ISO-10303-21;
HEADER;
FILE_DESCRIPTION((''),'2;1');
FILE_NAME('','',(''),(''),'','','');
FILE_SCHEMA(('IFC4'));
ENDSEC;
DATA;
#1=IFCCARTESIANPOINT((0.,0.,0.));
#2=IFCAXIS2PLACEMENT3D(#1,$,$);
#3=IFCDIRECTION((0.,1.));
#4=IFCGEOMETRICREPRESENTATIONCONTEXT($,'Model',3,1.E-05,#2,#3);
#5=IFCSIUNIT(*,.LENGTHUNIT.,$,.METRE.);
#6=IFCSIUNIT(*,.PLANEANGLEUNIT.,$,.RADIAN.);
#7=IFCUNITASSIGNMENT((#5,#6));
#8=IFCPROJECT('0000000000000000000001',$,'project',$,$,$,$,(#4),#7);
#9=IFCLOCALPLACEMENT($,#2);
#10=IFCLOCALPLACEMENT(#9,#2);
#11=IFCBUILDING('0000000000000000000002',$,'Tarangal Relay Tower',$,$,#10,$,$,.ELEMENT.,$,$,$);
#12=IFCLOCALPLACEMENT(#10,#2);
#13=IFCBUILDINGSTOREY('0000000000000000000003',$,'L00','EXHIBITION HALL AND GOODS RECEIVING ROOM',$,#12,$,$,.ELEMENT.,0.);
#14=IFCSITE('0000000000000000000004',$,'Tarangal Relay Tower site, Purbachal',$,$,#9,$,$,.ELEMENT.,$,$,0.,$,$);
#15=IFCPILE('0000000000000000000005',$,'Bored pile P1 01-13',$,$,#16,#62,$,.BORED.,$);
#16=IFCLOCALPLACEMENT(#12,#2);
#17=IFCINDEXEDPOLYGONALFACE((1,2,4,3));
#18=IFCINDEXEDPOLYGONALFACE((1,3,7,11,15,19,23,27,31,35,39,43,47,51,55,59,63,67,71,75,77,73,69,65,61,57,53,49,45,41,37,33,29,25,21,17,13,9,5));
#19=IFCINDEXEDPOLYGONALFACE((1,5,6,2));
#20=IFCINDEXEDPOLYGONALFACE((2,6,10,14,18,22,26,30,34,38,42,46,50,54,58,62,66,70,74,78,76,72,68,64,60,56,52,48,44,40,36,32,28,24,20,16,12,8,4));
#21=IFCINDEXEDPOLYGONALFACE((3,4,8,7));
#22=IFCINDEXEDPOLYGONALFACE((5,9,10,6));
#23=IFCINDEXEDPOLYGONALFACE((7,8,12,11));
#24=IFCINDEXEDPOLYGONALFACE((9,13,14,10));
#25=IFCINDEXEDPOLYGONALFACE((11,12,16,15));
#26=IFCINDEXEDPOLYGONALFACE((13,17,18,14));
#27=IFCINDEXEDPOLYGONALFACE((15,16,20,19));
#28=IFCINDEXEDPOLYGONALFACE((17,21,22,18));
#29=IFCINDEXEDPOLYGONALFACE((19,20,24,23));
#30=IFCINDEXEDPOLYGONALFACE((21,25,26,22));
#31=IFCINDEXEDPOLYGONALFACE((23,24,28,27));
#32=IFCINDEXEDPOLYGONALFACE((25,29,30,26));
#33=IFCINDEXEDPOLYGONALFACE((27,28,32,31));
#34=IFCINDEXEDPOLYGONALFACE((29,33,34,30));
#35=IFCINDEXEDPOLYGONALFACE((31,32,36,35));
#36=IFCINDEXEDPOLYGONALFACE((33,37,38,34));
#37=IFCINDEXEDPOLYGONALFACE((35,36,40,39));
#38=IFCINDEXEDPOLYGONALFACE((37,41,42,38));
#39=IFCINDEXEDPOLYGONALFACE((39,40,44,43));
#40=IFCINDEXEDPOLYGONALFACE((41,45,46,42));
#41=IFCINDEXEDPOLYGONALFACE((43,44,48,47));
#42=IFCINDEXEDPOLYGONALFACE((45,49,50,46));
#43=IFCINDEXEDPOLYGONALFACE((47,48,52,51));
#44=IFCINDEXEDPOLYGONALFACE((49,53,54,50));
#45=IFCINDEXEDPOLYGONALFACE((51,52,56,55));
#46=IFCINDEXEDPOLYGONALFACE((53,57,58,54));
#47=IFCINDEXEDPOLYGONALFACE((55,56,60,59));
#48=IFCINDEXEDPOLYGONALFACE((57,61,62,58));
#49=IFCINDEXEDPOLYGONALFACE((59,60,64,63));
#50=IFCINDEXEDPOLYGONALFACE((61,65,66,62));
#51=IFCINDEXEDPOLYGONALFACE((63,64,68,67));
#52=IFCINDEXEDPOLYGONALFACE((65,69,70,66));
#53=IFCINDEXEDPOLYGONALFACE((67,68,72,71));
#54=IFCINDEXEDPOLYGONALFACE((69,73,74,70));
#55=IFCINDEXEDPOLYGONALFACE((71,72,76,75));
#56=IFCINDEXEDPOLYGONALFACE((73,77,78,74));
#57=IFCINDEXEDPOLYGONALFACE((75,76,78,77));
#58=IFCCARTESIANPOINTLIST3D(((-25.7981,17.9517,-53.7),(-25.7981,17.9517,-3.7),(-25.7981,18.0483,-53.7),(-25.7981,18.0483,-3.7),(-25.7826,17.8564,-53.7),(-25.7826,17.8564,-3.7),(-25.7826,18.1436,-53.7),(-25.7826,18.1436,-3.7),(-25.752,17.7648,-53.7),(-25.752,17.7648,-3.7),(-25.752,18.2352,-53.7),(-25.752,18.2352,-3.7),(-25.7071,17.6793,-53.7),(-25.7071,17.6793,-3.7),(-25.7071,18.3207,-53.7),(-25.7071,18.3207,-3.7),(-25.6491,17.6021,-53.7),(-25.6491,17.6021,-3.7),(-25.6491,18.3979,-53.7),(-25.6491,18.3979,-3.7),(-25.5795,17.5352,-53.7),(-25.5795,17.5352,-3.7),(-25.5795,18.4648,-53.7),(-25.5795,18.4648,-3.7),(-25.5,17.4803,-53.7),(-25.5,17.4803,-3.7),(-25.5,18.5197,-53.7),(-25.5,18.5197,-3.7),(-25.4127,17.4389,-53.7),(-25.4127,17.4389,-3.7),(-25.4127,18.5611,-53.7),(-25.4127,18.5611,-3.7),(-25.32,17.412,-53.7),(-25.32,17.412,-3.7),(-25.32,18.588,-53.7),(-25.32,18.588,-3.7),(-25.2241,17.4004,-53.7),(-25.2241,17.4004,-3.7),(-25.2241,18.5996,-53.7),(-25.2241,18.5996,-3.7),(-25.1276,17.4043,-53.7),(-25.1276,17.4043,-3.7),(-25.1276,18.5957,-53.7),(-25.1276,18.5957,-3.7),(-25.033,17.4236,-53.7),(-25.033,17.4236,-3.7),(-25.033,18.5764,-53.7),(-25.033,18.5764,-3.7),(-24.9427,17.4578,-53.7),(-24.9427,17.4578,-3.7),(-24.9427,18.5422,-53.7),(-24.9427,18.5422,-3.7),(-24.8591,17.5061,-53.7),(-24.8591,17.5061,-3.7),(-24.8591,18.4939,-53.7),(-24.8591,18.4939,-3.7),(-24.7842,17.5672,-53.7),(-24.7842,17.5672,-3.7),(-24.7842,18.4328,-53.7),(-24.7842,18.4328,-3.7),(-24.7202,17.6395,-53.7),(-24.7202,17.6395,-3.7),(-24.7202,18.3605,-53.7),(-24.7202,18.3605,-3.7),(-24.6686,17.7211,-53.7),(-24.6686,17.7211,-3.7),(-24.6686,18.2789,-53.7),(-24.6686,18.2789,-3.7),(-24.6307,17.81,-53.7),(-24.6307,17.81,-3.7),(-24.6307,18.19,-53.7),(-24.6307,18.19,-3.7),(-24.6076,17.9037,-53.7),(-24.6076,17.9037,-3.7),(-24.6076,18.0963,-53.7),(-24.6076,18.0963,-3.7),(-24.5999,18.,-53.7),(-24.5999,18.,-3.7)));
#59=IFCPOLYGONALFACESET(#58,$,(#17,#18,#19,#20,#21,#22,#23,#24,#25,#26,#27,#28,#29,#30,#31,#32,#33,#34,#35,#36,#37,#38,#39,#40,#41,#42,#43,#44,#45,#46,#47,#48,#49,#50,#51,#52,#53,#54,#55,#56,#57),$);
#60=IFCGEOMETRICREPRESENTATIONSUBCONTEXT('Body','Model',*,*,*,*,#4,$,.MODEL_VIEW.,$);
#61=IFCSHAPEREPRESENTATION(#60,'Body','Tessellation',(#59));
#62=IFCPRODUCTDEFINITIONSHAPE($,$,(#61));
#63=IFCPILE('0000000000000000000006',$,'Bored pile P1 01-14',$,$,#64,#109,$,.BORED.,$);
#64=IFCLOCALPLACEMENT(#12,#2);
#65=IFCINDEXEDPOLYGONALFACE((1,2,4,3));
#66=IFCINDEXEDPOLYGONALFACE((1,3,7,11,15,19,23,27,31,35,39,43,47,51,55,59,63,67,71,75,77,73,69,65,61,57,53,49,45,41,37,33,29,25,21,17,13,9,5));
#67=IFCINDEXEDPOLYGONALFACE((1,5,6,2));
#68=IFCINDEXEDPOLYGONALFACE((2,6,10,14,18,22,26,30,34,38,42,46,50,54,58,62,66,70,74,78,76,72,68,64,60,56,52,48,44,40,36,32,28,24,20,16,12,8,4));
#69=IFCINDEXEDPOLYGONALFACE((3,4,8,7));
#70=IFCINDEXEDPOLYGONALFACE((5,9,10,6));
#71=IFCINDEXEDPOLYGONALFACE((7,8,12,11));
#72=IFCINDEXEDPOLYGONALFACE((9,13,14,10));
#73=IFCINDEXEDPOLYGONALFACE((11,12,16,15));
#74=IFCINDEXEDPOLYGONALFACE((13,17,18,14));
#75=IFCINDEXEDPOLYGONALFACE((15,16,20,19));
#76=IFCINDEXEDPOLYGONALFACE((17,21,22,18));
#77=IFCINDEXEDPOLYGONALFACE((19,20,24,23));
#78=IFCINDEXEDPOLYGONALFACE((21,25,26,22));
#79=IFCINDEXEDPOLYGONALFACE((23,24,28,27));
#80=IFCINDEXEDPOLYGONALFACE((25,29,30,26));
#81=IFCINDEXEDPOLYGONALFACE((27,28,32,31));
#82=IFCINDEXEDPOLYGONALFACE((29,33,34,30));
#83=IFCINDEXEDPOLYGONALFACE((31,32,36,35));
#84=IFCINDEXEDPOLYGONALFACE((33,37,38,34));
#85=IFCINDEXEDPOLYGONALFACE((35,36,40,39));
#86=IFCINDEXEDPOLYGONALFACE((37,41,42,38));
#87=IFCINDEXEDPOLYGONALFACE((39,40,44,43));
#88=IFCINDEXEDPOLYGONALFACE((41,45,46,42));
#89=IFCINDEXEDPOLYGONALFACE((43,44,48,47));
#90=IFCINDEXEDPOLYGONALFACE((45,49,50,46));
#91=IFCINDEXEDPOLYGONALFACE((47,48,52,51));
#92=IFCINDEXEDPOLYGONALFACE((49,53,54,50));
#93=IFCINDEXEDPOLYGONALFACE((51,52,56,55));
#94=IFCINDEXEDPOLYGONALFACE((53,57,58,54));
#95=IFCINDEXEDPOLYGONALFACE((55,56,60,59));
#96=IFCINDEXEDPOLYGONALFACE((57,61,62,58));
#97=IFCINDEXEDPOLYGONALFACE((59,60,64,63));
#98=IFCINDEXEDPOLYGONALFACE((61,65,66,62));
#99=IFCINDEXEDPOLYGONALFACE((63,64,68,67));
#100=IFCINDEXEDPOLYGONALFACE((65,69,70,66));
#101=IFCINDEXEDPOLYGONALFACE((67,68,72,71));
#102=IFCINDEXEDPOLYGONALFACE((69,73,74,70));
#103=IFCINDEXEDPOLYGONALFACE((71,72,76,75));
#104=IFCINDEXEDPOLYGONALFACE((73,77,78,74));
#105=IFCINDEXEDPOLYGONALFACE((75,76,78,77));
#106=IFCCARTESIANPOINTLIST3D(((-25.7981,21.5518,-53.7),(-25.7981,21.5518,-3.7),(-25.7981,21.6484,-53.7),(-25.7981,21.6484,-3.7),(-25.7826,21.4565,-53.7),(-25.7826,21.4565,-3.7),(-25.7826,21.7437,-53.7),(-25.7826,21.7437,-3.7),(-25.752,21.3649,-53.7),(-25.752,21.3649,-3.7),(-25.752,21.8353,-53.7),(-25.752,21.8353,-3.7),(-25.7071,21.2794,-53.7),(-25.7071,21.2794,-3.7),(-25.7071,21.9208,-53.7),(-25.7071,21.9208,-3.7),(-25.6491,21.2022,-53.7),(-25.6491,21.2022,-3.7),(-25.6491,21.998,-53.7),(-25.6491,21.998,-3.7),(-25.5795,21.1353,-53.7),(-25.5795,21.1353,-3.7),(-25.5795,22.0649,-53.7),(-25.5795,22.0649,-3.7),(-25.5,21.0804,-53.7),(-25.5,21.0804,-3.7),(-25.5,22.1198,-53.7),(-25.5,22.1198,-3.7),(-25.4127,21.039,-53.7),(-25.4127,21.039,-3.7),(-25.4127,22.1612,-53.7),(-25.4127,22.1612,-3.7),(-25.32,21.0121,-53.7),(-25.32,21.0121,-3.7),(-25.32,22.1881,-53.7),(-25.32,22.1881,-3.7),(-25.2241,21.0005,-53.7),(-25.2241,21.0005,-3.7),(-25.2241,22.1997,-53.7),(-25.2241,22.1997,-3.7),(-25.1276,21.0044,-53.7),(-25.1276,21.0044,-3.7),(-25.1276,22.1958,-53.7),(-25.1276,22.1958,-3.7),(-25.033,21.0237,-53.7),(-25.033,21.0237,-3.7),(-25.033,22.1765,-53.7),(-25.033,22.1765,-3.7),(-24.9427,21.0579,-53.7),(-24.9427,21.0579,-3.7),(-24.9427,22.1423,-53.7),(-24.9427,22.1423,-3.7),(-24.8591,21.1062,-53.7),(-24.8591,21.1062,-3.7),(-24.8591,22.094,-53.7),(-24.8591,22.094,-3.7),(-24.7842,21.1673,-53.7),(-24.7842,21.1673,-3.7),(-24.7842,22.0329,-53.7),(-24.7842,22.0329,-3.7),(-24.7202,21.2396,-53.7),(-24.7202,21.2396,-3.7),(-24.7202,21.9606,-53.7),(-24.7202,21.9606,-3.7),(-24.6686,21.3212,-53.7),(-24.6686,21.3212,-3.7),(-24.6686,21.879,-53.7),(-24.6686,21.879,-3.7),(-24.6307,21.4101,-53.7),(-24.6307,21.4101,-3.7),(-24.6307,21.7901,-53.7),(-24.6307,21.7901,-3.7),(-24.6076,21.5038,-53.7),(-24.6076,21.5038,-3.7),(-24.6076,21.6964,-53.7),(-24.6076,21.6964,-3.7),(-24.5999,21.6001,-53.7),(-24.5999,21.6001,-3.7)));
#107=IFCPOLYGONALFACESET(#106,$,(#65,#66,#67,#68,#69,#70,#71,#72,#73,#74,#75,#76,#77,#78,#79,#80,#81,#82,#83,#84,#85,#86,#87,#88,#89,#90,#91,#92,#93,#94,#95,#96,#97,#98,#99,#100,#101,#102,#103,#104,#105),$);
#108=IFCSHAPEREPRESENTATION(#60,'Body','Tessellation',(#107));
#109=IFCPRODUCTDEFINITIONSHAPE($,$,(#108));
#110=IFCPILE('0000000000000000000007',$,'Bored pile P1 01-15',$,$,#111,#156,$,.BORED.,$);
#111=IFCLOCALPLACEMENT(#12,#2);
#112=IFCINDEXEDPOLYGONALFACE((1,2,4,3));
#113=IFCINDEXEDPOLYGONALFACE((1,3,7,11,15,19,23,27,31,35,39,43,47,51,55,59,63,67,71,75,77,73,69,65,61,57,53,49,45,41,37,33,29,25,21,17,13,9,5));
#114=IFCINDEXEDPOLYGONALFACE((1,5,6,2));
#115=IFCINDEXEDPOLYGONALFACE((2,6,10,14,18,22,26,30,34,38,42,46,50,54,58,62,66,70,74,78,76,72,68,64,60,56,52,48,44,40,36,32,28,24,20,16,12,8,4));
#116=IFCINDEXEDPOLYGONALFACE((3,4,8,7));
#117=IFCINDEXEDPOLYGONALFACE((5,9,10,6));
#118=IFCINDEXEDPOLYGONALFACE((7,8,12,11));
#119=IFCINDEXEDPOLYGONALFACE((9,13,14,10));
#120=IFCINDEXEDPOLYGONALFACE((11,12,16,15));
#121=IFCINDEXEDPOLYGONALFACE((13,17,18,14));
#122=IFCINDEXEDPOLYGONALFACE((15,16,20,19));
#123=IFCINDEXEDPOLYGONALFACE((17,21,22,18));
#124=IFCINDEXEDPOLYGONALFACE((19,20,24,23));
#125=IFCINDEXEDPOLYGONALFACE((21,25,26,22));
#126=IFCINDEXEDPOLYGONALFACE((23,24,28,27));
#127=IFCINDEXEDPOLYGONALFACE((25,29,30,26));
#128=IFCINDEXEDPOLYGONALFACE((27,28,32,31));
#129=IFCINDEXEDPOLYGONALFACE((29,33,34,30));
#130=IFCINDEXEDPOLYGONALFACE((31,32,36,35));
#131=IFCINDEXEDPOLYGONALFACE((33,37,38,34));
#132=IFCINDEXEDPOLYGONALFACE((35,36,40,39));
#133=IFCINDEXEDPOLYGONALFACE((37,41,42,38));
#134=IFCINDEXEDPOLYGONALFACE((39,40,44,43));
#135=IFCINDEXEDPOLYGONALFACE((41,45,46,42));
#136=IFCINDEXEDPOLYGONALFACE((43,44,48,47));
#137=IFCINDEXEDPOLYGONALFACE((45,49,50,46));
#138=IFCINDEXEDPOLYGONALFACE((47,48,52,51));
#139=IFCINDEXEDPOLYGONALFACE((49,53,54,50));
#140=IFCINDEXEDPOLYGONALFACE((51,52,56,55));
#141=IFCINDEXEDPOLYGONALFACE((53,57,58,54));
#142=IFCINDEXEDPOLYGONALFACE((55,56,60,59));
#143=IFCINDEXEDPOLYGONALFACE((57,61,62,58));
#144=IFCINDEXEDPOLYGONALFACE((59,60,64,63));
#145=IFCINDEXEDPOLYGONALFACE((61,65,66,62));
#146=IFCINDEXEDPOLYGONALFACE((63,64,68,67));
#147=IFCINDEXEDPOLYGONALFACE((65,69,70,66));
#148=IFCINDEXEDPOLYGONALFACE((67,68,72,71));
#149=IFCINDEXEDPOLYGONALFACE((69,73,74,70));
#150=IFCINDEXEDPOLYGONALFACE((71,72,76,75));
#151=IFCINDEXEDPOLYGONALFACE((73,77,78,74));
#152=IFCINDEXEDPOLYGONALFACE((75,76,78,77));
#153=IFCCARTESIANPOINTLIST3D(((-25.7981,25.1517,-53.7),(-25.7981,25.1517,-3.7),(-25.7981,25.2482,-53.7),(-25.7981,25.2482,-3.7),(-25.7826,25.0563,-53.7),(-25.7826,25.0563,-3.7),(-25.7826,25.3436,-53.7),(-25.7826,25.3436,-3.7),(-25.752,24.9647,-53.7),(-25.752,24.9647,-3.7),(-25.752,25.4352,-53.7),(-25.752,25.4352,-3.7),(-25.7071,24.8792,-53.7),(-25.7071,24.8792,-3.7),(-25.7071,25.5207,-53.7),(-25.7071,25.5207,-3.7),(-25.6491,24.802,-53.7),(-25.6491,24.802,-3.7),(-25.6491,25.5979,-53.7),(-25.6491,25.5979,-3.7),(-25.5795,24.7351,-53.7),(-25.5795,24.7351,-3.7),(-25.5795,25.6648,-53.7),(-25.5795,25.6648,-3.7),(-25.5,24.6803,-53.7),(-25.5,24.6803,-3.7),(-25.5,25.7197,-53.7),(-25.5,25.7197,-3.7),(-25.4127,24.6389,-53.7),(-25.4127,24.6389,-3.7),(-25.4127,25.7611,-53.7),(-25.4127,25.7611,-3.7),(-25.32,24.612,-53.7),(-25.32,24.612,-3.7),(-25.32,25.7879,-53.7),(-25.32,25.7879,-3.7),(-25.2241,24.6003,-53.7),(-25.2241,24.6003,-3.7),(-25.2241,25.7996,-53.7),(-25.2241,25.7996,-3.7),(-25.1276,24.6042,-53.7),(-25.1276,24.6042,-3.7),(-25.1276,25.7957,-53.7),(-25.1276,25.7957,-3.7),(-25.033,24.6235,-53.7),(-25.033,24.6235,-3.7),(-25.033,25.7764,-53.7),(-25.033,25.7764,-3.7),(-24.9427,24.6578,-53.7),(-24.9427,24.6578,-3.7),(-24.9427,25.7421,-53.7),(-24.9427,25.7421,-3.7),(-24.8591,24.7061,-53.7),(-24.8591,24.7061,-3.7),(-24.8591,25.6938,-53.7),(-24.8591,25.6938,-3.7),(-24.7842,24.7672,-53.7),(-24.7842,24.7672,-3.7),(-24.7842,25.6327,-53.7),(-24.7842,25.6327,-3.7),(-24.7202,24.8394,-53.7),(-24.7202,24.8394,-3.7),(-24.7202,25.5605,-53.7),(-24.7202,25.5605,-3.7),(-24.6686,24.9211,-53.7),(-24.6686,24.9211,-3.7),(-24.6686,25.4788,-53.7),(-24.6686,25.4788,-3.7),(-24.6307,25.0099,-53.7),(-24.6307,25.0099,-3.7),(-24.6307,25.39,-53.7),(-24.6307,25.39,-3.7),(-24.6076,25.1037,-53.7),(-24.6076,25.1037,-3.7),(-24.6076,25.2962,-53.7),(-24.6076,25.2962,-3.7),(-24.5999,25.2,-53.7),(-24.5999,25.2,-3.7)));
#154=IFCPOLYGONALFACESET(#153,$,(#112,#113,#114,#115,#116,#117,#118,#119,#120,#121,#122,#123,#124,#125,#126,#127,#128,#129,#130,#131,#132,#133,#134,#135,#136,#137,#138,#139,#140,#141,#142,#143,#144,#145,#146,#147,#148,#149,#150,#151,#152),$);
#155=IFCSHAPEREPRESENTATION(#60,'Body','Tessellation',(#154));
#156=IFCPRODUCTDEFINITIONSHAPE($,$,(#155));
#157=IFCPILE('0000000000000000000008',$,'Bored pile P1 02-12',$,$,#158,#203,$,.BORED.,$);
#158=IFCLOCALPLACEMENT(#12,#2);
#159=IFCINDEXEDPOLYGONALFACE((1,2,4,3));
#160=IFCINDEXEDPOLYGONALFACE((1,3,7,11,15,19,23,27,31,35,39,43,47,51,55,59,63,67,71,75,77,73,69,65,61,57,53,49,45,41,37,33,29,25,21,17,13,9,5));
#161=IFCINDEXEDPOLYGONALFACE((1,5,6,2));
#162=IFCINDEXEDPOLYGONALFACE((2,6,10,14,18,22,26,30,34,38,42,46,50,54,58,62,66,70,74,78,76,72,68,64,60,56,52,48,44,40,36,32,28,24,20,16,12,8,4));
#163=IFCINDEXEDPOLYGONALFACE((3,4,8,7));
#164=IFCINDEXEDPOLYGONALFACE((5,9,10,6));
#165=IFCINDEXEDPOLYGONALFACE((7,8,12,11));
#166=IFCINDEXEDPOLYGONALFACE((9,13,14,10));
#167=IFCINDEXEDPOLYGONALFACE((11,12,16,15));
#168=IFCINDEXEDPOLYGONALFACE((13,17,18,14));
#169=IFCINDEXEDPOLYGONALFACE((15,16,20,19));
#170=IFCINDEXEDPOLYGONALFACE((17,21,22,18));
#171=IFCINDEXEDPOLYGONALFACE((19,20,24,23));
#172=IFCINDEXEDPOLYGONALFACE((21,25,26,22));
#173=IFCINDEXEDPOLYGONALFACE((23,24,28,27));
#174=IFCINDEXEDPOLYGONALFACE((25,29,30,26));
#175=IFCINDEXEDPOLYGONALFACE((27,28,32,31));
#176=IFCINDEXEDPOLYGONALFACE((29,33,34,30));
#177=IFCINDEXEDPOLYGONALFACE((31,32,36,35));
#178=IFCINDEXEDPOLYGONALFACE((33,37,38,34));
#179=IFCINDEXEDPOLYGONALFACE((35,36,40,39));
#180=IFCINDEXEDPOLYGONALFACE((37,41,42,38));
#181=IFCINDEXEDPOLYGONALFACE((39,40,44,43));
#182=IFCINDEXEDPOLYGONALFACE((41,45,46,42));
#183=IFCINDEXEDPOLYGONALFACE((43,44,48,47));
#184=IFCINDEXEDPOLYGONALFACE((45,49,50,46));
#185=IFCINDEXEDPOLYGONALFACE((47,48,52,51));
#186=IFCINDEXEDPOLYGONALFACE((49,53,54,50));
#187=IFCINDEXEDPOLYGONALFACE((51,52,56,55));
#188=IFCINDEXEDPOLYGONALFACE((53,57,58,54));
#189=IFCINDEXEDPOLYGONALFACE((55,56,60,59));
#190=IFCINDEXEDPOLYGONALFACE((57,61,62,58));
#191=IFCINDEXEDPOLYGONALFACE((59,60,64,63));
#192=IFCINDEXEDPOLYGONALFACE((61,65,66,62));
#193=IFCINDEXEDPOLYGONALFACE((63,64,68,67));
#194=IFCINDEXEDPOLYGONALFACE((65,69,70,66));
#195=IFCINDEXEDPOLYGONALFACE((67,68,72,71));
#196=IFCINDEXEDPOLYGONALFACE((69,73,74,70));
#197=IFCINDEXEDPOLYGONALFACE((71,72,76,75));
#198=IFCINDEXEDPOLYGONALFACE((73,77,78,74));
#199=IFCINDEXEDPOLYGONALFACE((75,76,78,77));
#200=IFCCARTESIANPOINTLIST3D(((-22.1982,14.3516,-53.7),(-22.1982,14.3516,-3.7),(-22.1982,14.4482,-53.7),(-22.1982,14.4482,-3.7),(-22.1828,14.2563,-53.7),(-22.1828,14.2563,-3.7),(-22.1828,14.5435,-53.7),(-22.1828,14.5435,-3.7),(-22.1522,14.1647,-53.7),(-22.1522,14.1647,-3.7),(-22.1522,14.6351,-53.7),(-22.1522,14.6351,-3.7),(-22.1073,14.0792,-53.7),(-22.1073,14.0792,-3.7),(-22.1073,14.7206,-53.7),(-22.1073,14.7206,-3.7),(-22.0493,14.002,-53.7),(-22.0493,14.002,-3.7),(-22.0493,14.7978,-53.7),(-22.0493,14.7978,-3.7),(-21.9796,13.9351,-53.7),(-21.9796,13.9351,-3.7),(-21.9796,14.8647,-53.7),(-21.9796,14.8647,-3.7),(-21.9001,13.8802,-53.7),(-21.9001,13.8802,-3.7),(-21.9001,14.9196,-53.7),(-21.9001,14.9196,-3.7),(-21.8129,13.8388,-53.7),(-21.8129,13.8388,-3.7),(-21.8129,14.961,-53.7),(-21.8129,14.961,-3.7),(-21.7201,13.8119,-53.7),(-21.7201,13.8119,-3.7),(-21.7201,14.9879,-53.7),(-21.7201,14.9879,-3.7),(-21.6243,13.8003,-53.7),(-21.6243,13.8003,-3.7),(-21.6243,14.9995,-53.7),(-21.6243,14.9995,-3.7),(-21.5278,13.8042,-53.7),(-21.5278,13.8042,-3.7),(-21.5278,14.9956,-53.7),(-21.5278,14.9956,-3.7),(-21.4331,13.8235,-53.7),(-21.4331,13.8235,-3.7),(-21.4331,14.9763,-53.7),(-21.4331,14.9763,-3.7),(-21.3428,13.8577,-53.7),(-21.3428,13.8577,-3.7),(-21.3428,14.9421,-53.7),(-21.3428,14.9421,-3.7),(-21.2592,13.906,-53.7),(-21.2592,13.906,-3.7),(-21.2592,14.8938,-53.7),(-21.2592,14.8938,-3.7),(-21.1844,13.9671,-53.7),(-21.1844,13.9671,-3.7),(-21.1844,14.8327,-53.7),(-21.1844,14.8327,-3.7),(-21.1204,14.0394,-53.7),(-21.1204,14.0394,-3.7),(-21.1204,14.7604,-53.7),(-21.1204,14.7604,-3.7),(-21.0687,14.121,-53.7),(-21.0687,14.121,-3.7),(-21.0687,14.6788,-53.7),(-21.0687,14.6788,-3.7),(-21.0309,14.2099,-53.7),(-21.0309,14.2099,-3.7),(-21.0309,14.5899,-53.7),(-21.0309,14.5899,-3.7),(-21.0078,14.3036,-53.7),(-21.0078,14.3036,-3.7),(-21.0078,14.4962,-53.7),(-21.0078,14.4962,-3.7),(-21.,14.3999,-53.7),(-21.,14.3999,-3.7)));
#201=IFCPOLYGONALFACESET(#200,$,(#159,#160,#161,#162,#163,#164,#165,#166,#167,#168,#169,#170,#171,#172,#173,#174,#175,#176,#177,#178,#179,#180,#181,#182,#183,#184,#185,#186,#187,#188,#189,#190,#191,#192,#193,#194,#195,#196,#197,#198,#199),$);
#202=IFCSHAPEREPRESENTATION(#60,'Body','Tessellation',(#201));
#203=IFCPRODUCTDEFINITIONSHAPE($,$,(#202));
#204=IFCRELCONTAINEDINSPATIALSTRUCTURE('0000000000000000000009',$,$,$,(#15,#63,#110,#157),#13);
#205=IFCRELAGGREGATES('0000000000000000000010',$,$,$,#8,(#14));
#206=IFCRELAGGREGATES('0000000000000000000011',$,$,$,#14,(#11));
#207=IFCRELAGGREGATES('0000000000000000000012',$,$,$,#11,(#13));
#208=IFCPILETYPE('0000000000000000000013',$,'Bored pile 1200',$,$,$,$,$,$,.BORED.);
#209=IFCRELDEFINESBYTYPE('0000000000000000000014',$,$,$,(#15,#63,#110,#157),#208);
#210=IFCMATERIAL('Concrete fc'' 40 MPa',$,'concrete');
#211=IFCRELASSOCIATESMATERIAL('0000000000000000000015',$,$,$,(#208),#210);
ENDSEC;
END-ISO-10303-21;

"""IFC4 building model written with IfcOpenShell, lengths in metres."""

from ifc_helpers import new_model, si_unit, direction, frame, origin, origin_2d, place, context, subcontext, project, spatial, circle, extrude, material, material_profile, profile_set, type_object, element, save


model = new_model("IFC4")

# Units and contexts
model_context = context("Model", 3, precision=1e-05, world=origin(), true_north=direction((0.0, 1.0)))
body_context = subcontext(model_context, "Body", "Model", "MODEL_VIEW")
ifc_project = project(units=[si_unit("LENGTHUNIT", "METRE"), si_unit("PLANEANGLEUNIT", "RADIAN")], contexts=[model_context])

# Site, building, storey
site_placement = place(None, origin())
site = spatial("IfcSite", under=ifc_project, at=site_placement, Name="Tarangal Relay Tower site, Purbachal", CompositionType="ELEMENT", RefElevation=0.0)
building_placement = place(site_placement, origin())
building = spatial("IfcBuilding", under=site, at=building_placement, Name="Tarangal Relay Tower", CompositionType="ELEMENT")
storey_placement = place(building_placement, origin())
storey = spatial("IfcBuildingStorey", under=building, at=storey_placement, Name="L00", Description="EXHIBITION HALL AND GOODS RECEIVING ROOM", CompositionType="ELEMENT", Elevation=0.0)

# Piles
ifc_material_1 = material(Name="Concrete fc' 40 MPa", Category="concrete")
ifc_material_profile = material_profile(ifc_material_1, circle(Radius=0.6001, at=origin_2d()), Name="D1200")
ifc_profile_set = profile_set([ifc_material_profile], Name="Concrete fc' 40 MPa")
pile_type = type_object("IfcPileType", Name="Bored pile 1200", PredefinedType="BORED", material=ifc_profile_set)
for number, where, z_axis, x_axis, name in (
    (1, (-25.2, 18.0, -3.7), (0.0, 0.0, -1.0), (1.0, 0.0, 0.0), "Bored pile P1 01-13"),
    (2, (-25.2, 21.6001, -3.7), (0.0, 0.0, -1.0), (1.0, 0.0, 0.0), "Bored pile P1 01-14"),
    (3, (-25.2, 25.2, -3.7), (0.0, 0.0, -1.0), (1.0, 0.0, 0.0), "Bored pile P1 01-15"),
    (4, (-21.6001, 14.3999, -3.7), (0.0, 0.0, -1.0), (1.0, 0.0, 0.0), "Bored pile P1 02-12"),
):
    element("IfcPile", number, at=place(storey_placement, frame(where, z_axis=z_axis, x_axis=x_axis)), inside=storey, type_object=pile_type, Name=name, PredefinedType="BORED", context=body_context, shape_type="SweptSolid", body=[
        extrude(circle(Radius=0.6001, at=origin_2d()), origin(), (0.0, 0.0, 1.0), 50.0),
    ])

save(model, "model.ifc")
